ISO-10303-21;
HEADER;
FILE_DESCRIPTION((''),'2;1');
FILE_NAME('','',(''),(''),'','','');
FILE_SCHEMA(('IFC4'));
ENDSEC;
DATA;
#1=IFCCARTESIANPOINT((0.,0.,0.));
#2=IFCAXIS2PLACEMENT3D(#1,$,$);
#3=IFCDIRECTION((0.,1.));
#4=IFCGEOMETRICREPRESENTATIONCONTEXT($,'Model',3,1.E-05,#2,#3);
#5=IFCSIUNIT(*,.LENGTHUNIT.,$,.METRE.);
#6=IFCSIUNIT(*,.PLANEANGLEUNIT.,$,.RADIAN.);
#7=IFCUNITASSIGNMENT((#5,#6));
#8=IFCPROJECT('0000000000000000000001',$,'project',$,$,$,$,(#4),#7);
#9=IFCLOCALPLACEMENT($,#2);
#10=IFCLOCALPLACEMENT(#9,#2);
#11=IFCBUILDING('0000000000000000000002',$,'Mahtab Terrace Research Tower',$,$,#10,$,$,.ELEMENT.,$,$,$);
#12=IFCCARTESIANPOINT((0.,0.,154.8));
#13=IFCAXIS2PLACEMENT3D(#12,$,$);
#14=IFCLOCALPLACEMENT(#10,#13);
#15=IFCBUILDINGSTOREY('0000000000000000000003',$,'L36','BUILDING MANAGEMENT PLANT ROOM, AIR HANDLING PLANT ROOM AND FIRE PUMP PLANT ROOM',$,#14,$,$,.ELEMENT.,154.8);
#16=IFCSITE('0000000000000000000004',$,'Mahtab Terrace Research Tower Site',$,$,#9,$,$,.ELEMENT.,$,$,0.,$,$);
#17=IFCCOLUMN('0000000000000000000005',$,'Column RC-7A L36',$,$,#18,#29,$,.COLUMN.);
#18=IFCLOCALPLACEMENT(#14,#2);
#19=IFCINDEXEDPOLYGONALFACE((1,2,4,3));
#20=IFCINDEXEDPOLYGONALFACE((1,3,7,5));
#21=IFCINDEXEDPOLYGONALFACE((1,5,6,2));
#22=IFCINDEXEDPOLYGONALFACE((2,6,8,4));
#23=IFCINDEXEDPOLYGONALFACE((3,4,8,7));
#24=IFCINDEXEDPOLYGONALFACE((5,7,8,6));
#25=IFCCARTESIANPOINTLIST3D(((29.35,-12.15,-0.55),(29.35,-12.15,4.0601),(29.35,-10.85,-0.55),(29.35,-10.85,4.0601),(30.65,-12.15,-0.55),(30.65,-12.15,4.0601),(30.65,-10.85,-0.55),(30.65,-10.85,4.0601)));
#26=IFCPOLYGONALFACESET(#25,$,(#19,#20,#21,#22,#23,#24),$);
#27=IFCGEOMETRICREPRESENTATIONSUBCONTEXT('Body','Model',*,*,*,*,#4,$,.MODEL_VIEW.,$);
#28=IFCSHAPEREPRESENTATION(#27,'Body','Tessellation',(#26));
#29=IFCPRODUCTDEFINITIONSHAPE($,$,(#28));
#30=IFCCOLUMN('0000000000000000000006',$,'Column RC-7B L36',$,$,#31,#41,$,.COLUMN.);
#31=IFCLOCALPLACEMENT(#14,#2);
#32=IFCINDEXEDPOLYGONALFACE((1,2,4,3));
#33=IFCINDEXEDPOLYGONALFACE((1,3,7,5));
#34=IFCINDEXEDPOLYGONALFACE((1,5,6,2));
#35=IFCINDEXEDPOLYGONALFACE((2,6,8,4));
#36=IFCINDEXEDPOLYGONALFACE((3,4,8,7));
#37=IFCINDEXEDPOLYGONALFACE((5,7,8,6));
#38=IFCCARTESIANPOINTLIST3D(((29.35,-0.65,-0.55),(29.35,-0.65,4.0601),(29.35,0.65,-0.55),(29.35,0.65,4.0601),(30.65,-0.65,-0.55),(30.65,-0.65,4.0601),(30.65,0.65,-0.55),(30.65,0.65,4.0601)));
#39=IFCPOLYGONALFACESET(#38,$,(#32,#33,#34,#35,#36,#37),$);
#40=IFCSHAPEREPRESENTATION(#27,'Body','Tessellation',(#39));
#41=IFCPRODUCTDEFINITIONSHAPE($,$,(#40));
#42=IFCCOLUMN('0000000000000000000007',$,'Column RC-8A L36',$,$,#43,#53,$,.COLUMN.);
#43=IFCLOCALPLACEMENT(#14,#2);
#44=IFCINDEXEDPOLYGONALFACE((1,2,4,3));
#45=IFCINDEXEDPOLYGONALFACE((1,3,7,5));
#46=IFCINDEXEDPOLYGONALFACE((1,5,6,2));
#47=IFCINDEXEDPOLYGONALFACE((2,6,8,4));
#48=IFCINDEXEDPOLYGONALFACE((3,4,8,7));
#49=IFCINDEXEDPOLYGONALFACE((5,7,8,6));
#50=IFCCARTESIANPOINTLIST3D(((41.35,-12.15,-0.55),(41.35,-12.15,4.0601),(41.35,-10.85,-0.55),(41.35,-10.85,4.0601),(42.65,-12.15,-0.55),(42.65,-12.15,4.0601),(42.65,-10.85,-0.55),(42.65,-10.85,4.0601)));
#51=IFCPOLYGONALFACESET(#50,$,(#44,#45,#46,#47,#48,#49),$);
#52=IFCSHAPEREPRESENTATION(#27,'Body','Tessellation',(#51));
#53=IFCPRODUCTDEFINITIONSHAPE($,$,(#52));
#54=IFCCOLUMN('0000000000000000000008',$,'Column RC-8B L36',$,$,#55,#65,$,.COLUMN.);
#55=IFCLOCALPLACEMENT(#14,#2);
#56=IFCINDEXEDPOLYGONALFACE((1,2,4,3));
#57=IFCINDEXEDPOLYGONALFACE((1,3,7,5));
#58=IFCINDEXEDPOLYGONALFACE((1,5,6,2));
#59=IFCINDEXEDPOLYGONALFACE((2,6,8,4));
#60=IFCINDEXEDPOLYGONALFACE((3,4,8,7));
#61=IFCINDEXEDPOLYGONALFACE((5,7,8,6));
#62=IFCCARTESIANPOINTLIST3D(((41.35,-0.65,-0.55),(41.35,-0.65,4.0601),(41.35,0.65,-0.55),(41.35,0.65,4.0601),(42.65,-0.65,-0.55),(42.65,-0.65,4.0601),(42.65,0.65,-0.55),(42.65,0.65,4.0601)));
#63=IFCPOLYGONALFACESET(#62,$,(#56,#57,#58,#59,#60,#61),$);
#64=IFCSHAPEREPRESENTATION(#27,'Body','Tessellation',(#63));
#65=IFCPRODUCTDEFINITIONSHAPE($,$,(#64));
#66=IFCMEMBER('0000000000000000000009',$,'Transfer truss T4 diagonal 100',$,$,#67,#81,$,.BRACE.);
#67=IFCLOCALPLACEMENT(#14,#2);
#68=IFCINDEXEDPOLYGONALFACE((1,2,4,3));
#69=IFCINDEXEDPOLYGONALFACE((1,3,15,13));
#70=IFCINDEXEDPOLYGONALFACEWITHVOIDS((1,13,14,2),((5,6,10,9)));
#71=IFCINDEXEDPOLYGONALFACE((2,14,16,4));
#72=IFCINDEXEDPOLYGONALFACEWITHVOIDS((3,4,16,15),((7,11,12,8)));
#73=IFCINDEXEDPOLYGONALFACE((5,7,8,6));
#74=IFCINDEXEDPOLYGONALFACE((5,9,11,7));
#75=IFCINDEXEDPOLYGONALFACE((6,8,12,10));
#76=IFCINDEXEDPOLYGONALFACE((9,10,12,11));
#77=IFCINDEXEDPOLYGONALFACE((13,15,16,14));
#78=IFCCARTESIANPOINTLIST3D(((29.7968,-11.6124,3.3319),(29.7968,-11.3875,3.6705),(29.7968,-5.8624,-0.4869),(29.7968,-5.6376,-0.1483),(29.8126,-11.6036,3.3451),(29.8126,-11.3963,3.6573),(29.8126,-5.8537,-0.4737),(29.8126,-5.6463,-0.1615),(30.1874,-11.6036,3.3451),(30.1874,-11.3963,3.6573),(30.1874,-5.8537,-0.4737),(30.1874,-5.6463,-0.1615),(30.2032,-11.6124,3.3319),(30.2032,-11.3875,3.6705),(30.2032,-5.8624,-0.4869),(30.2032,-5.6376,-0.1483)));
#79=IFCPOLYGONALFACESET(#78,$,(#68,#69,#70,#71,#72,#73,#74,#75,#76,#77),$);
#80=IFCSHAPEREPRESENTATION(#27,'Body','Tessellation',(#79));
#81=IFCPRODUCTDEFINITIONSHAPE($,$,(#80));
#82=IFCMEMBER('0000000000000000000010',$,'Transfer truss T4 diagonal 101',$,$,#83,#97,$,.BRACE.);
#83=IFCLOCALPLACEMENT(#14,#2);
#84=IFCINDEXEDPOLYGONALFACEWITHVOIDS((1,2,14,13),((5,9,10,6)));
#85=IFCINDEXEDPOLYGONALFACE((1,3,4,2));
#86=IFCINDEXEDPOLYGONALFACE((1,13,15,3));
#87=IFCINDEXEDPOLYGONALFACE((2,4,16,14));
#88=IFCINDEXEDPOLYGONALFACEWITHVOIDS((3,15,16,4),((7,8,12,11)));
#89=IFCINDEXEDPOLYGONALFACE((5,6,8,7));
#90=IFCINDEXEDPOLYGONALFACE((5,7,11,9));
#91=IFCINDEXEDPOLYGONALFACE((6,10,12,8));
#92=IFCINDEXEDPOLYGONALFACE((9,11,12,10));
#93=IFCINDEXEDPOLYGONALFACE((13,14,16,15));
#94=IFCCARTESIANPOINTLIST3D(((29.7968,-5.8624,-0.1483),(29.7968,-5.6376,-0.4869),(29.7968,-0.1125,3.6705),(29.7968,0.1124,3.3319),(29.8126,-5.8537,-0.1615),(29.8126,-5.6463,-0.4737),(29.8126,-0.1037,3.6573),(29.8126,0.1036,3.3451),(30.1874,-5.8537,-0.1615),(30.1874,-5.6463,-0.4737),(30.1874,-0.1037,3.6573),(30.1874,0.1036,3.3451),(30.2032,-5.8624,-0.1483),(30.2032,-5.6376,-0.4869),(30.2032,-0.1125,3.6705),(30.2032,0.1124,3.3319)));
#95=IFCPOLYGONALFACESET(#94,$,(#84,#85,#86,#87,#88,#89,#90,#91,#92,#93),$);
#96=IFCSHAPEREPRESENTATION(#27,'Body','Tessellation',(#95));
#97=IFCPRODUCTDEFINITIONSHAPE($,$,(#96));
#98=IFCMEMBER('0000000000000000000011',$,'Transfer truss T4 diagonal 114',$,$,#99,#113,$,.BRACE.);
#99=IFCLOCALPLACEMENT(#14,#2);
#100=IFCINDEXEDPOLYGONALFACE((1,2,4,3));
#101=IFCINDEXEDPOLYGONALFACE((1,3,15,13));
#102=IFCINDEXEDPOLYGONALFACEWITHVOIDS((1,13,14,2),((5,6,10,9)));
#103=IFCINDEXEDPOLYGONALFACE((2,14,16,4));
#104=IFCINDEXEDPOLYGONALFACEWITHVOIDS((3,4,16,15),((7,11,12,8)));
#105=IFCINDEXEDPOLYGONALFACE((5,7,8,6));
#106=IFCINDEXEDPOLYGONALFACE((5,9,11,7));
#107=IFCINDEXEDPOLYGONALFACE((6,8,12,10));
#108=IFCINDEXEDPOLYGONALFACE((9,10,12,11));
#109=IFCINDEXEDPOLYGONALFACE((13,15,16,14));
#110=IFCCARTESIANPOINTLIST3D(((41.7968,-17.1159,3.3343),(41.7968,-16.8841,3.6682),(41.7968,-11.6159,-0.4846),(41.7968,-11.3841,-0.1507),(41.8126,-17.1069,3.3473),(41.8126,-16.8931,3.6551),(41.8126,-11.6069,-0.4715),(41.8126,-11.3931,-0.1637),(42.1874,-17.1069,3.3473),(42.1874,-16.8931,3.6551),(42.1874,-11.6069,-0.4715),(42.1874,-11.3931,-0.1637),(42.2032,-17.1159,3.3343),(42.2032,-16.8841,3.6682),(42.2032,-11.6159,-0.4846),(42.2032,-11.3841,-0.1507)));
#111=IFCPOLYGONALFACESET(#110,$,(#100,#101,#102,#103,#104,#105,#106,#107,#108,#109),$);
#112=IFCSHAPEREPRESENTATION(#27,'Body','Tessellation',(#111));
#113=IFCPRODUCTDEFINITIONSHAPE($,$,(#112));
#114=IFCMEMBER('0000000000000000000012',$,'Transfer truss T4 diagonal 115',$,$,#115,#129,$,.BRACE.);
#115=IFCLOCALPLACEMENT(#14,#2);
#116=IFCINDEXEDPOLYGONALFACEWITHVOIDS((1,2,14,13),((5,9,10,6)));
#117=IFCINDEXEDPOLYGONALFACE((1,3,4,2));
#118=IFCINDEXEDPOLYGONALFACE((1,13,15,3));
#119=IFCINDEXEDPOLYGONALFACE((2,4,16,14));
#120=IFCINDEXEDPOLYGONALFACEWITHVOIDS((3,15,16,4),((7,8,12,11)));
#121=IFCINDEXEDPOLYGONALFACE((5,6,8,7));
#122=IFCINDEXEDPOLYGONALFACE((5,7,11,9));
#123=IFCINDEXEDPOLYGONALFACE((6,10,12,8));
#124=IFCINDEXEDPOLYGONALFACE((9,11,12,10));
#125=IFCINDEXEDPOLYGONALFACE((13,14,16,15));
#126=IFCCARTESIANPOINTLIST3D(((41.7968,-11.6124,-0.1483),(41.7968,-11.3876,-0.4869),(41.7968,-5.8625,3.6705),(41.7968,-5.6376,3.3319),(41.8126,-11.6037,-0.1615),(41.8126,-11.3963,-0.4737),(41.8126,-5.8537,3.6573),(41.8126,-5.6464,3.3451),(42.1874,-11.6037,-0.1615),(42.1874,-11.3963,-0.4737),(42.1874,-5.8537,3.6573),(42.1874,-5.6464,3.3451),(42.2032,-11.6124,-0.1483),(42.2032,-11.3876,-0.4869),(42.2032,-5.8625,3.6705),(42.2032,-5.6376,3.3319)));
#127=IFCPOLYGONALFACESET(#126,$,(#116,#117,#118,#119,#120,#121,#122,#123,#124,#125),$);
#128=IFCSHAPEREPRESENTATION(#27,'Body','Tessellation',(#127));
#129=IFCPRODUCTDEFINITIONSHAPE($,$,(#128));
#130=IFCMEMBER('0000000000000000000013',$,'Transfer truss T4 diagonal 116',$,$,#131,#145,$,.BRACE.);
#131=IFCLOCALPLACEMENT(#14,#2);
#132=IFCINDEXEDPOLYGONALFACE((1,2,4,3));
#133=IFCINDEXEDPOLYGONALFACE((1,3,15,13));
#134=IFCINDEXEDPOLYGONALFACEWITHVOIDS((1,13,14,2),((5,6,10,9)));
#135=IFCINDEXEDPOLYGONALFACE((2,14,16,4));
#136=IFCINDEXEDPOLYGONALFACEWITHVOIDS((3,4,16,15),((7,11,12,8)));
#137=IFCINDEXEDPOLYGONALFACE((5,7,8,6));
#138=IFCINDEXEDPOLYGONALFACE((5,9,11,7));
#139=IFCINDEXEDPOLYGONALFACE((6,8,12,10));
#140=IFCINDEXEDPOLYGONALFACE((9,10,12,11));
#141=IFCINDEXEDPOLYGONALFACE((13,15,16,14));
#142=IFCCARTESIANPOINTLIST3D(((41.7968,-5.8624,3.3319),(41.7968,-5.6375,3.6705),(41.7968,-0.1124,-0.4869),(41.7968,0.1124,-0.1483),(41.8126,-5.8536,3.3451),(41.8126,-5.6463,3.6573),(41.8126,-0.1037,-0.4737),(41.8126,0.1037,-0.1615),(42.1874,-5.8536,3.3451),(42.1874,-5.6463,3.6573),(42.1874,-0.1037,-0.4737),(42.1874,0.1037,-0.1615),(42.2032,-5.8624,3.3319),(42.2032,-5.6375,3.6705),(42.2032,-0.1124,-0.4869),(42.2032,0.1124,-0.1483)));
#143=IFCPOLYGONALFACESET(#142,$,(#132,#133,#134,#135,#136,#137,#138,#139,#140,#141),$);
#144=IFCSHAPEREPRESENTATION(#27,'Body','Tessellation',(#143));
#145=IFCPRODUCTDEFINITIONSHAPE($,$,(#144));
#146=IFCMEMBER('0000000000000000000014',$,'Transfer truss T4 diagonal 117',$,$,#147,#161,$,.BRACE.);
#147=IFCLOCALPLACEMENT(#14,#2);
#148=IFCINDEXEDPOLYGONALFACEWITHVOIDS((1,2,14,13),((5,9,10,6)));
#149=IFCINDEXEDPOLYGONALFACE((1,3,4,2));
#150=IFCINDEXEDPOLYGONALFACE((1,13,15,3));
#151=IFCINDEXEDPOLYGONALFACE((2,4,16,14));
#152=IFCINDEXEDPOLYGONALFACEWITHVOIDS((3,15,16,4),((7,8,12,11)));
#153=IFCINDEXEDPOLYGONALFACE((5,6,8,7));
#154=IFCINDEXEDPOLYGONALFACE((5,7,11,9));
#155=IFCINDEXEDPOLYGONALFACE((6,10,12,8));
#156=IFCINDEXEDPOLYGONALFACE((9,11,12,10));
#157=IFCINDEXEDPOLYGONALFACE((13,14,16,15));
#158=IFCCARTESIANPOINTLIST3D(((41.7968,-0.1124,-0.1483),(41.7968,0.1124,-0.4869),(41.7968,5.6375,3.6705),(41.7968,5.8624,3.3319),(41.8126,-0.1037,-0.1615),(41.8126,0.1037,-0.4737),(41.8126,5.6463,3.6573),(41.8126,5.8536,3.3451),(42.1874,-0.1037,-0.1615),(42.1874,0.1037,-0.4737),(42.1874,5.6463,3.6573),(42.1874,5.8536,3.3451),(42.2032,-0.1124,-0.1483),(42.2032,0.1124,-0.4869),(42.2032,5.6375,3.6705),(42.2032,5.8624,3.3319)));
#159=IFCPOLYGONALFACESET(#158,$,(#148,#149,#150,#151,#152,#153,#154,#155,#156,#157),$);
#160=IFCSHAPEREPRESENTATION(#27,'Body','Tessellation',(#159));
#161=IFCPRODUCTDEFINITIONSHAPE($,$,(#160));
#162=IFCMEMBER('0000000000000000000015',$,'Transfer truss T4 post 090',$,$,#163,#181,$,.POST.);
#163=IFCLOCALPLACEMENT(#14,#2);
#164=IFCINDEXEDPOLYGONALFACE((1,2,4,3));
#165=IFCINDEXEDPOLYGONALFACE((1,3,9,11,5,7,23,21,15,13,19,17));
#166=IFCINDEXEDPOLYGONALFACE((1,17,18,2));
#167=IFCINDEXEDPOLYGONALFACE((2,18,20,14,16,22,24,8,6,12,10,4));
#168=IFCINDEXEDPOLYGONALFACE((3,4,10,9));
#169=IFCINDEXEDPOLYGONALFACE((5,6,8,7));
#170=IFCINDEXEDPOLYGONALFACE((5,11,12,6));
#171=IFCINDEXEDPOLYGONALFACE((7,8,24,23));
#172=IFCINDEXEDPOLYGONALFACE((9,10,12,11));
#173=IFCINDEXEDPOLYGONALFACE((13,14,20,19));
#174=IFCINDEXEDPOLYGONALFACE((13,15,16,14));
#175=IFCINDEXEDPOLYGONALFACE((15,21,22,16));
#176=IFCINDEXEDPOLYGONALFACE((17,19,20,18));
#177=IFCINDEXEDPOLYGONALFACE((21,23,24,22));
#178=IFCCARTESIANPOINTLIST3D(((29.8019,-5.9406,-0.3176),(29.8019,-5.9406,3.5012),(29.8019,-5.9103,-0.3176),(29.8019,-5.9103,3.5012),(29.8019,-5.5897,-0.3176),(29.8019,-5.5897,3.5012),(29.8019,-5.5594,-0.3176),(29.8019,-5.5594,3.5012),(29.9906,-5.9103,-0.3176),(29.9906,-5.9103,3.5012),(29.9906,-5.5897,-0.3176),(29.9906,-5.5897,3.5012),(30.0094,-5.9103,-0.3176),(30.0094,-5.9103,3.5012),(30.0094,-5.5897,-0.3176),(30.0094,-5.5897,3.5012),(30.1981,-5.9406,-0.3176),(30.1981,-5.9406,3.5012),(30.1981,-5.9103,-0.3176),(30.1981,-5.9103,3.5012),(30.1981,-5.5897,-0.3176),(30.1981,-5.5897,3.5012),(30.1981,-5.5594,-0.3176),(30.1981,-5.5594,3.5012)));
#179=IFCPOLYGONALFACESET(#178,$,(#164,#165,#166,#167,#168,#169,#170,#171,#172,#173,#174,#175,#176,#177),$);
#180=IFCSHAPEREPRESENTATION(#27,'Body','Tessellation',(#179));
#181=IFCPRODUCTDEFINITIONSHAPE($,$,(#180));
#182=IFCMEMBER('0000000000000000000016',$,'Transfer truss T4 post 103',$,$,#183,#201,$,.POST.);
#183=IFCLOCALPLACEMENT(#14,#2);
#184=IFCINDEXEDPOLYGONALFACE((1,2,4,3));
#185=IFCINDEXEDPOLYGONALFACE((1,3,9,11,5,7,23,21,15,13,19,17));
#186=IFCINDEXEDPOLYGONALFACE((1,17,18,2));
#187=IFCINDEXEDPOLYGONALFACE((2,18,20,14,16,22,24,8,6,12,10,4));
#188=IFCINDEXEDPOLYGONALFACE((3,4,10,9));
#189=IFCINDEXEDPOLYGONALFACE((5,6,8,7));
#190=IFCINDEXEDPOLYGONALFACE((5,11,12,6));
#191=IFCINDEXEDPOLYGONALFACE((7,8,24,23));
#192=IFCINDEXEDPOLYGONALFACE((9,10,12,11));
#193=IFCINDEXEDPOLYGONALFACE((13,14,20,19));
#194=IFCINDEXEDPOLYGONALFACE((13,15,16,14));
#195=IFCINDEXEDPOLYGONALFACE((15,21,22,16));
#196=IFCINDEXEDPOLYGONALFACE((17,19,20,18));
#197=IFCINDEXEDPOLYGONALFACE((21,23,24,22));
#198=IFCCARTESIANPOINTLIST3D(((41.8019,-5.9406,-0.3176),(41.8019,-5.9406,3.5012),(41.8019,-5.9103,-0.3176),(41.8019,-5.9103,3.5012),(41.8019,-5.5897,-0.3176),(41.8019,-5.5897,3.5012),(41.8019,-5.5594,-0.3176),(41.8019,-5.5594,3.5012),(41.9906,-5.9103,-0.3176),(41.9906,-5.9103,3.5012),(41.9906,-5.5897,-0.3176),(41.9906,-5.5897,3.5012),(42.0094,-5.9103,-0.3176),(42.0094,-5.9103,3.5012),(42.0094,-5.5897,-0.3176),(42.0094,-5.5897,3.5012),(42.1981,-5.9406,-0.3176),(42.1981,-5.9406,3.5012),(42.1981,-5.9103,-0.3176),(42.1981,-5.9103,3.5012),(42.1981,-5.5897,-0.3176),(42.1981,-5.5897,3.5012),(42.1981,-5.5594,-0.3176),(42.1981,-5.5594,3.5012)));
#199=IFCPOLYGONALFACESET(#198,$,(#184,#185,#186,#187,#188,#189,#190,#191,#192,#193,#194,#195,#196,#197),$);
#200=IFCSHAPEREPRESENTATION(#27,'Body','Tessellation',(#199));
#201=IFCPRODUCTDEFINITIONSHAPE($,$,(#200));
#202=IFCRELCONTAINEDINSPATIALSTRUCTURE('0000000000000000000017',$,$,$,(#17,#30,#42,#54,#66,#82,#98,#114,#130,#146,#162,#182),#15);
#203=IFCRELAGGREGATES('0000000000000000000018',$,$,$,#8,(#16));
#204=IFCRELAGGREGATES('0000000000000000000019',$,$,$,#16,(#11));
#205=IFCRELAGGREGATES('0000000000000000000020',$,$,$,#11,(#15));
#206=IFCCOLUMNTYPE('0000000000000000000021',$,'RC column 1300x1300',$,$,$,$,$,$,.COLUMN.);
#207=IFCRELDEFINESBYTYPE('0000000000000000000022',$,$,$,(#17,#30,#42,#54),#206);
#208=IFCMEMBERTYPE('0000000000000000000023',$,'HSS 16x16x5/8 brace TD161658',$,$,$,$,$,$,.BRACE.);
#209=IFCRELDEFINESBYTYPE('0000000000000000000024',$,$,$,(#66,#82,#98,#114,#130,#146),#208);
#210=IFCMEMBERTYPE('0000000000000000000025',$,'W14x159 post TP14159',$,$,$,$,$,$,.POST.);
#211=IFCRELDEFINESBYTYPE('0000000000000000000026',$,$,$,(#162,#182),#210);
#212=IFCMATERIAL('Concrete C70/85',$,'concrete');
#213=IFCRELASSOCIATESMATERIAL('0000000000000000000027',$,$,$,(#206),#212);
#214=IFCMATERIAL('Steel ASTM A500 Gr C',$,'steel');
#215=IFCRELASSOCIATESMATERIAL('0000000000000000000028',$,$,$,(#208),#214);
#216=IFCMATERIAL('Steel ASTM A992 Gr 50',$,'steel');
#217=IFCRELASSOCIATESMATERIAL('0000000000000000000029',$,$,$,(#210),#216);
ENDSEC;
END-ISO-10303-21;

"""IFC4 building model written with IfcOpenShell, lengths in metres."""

from ifc_helpers import new_model, si_unit, direction, frame, origin, origin_2d, place, context, subcontext, project, spatial, rectangle, hollow_rectangle, i_section, extrude, material, material_profile, profile_set, type_object, element, save


model = new_model("IFC4")

# Units and contexts
model_context = context("Model", 3, precision=1e-05, world=origin(), true_north=direction((0.0, 1.0)))
body_context = subcontext(model_context, "Body", "Model", "MODEL_VIEW")
ifc_project = project(units=[si_unit("LENGTHUNIT", "METRE"), si_unit("PLANEANGLEUNIT", "RADIAN")], contexts=[model_context])

# Site, building, storey
site_placement = place(None, origin())
site = spatial("IfcSite", under=ifc_project, at=site_placement, Name="Mahtab Terrace Research Tower Site", CompositionType="ELEMENT", RefElevation=0.0)
building_placement = place(site_placement, origin())
building = spatial("IfcBuilding", under=site, at=building_placement, Name="Mahtab Terrace Research Tower", CompositionType="ELEMENT")
storey_placement = place(building_placement, frame((0.0, 0.0, 154.8)))
storey = spatial("IfcBuildingStorey", under=building, at=storey_placement, Name="L36", Description="BUILDING MANAGEMENT PLANT ROOM, AIR HANDLING PLANT ROOM AND FIRE PUMP PLANT ROOM", CompositionType="ELEMENT", Elevation=154.8)

# Columns
ifc_material_1 = material(Name="Concrete C70/85", Category="concrete")
ifc_material_profile_1 = material_profile(ifc_material_1, rectangle(XDim=1.3, YDim=1.3, at=origin_2d()), Name="RC column 1300x1300")
ifc_profile_set_1 = profile_set([ifc_material_profile_1], Name="Concrete C70/85")
column_type = type_object("IfcColumnType", Name="RC column 1300x1300", PredefinedType="COLUMN", material=ifc_profile_set_1)
for number, where, z_axis, x_axis, name in (
    (1, (30.0, -11.5, -0.55), (0.0, 0.0, 1.0), (1.0, 0.0, 0.0), "Column RC-7A L36"),
    (2, (30.0, 0.0, -0.55), (0.0, 0.0, 1.0), (1.0, 0.0, 0.0), "Column RC-7B L36"),
    (3, (42.0, -11.5, -0.55), (0.0, 0.0, 1.0), (1.0, 0.0, 0.0), "Column RC-8A L36"),
    (4, (42.0, 0.0, -0.55), (0.0, 0.0, 1.0), (1.0, 0.0, 0.0), "Column RC-8B L36"),
):
    element("IfcColumn", number, at=place(storey_placement, frame(where, z_axis=z_axis, x_axis=x_axis)), inside=storey, type_object=column_type, Name=name, PredefinedType="COLUMN", context=body_context, shape_type="SweptSolid", body=[
        extrude(rectangle(XDim=1.3, YDim=1.3, at=origin_2d()), origin(), (0.0, 0.0, 1.0), 4.6101),
    ])

# Members
ifc_material_2 = material(Name="Steel ASTM A500 Gr C", Category="steel")
ifc_material_profile_2 = material_profile(ifc_material_2, hollow_rectangle(XDim=0.4065, YDim=0.4065, WallThickness=0.0159, at=origin_2d()), Name="HSS16X16X5/8")
ifc_profile_set_2 = profile_set([ifc_material_profile_2], Name="Steel ASTM A500 Gr C")
member_type_1 = type_object("IfcMemberType", Name="HSS 16x16x5/8 brace TD161658", PredefinedType="BRACE", material=ifc_profile_set_2)
for number, where, z_axis, x_axis, name in (
    (5, (30.0, -5.75, -0.3176), (0.0, -0.833018, 0.553246), (1.0, 0.0, 0.0), "Transfer truss T4 diagonal 100"),
    (6, (30.0, -5.75, -0.3176), (0.0, 0.833018, 0.553246), (-1.0, 0.0, 0.0), "Transfer truss T4 diagonal 101"),
):
    element("IfcMember", number, at=place(storey_placement, frame(where, z_axis=z_axis, x_axis=x_axis)), inside=storey, type_object=member_type_1, Name=name, PredefinedType="BRACE", context=body_context, shape_type="SweptSolid", body=[
        extrude(hollow_rectangle(XDim=0.4065, YDim=0.4065, WallThickness=0.0159, at=origin_2d()), origin(), (0.0, 0.0, 1.0), 6.9026),
    ])
member_placement = place(storey_placement, frame((42.0, -11.5, -0.3176), z_axis=(0.0, -0.821412, 0.570336), x_axis=(1.0, 0.0, 0.0)))
element("IfcMember", 7, at=member_placement, inside=storey, type_object=member_type_1, Name="Transfer truss T4 diagonal 114", PredefinedType="BRACE", context=body_context, shape_type="SweptSolid", body=[
    extrude(hollow_rectangle(XDim=0.4065, YDim=0.4065, WallThickness=0.0159, at=origin_2d()), origin(), (0.0, 0.0, 1.0), 6.6958),
])
for number, where, z_axis, x_axis, name in (
    (8, (42.0, -11.5, -0.3176), (0.0, 0.833018, 0.553246), (-1.0, 0.0, 0.0), "Transfer truss T4 diagonal 115"),
    (9, (42.0, 0.0, -0.3176), (0.0, -0.833018, 0.553246), (1.0, 0.0, 0.0), "Transfer truss T4 diagonal 116"),
    (10, (42.0, 0.0, -0.3176), (0.0, 0.833018, 0.553246), (-1.0, 0.0, 0.0), "Transfer truss T4 diagonal 117"),
):
    element("IfcMember", number, at=place(storey_placement, frame(where, z_axis=z_axis, x_axis=x_axis)), inside=storey, type_object=member_type_1, Name=name, PredefinedType="BRACE", context=body_context, shape_type="SweptSolid", body=[
        extrude(hollow_rectangle(XDim=0.4065, YDim=0.4065, WallThickness=0.0159, at=origin_2d()), origin(), (0.0, 0.0, 1.0), 6.9026),
    ])
ifc_material_3 = material(Name="Steel ASTM A992 Gr 50", Category="steel")
ifc_material_profile_3 = material_profile(ifc_material_3, i_section(OverallWidth=0.3962, OverallDepth=0.3811, WebThickness=0.0188, FlangeThickness=0.0303, at=origin_2d()), Name="W14X159")
ifc_profile_set_3 = profile_set([ifc_material_profile_3], Name="Steel ASTM A992 Gr 50")
member_type_2 = type_object("IfcMemberType", Name="W14x159 post TP14159", PredefinedType="POST", material=ifc_profile_set_3)
for number, where, z_axis, x_axis, name in (
    (11, (30.0, -5.75, -0.3176), (0.0, 0.0, 1.0), (1.0, 0.0, 0.0), "Transfer truss T4 post 090"),
    (12, (42.0, -5.75, -0.3176), (0.0, 0.0, 1.0), (1.0, 0.0, 0.0), "Transfer truss T4 post 103"),
):
    element("IfcMember", number, at=place(storey_placement, frame(where, z_axis=z_axis, x_axis=x_axis)), inside=storey, type_object=member_type_2, Name=name, PredefinedType="POST", context=body_context, shape_type="SweptSolid", body=[
        extrude(i_section(OverallWidth=0.3962, OverallDepth=0.3811, WebThickness=0.0188, FlangeThickness=0.0303, at=origin_2d()), origin(), (0.0, 0.0, 1.0), 3.8188),
    ])

save(model, "model.ifc")
